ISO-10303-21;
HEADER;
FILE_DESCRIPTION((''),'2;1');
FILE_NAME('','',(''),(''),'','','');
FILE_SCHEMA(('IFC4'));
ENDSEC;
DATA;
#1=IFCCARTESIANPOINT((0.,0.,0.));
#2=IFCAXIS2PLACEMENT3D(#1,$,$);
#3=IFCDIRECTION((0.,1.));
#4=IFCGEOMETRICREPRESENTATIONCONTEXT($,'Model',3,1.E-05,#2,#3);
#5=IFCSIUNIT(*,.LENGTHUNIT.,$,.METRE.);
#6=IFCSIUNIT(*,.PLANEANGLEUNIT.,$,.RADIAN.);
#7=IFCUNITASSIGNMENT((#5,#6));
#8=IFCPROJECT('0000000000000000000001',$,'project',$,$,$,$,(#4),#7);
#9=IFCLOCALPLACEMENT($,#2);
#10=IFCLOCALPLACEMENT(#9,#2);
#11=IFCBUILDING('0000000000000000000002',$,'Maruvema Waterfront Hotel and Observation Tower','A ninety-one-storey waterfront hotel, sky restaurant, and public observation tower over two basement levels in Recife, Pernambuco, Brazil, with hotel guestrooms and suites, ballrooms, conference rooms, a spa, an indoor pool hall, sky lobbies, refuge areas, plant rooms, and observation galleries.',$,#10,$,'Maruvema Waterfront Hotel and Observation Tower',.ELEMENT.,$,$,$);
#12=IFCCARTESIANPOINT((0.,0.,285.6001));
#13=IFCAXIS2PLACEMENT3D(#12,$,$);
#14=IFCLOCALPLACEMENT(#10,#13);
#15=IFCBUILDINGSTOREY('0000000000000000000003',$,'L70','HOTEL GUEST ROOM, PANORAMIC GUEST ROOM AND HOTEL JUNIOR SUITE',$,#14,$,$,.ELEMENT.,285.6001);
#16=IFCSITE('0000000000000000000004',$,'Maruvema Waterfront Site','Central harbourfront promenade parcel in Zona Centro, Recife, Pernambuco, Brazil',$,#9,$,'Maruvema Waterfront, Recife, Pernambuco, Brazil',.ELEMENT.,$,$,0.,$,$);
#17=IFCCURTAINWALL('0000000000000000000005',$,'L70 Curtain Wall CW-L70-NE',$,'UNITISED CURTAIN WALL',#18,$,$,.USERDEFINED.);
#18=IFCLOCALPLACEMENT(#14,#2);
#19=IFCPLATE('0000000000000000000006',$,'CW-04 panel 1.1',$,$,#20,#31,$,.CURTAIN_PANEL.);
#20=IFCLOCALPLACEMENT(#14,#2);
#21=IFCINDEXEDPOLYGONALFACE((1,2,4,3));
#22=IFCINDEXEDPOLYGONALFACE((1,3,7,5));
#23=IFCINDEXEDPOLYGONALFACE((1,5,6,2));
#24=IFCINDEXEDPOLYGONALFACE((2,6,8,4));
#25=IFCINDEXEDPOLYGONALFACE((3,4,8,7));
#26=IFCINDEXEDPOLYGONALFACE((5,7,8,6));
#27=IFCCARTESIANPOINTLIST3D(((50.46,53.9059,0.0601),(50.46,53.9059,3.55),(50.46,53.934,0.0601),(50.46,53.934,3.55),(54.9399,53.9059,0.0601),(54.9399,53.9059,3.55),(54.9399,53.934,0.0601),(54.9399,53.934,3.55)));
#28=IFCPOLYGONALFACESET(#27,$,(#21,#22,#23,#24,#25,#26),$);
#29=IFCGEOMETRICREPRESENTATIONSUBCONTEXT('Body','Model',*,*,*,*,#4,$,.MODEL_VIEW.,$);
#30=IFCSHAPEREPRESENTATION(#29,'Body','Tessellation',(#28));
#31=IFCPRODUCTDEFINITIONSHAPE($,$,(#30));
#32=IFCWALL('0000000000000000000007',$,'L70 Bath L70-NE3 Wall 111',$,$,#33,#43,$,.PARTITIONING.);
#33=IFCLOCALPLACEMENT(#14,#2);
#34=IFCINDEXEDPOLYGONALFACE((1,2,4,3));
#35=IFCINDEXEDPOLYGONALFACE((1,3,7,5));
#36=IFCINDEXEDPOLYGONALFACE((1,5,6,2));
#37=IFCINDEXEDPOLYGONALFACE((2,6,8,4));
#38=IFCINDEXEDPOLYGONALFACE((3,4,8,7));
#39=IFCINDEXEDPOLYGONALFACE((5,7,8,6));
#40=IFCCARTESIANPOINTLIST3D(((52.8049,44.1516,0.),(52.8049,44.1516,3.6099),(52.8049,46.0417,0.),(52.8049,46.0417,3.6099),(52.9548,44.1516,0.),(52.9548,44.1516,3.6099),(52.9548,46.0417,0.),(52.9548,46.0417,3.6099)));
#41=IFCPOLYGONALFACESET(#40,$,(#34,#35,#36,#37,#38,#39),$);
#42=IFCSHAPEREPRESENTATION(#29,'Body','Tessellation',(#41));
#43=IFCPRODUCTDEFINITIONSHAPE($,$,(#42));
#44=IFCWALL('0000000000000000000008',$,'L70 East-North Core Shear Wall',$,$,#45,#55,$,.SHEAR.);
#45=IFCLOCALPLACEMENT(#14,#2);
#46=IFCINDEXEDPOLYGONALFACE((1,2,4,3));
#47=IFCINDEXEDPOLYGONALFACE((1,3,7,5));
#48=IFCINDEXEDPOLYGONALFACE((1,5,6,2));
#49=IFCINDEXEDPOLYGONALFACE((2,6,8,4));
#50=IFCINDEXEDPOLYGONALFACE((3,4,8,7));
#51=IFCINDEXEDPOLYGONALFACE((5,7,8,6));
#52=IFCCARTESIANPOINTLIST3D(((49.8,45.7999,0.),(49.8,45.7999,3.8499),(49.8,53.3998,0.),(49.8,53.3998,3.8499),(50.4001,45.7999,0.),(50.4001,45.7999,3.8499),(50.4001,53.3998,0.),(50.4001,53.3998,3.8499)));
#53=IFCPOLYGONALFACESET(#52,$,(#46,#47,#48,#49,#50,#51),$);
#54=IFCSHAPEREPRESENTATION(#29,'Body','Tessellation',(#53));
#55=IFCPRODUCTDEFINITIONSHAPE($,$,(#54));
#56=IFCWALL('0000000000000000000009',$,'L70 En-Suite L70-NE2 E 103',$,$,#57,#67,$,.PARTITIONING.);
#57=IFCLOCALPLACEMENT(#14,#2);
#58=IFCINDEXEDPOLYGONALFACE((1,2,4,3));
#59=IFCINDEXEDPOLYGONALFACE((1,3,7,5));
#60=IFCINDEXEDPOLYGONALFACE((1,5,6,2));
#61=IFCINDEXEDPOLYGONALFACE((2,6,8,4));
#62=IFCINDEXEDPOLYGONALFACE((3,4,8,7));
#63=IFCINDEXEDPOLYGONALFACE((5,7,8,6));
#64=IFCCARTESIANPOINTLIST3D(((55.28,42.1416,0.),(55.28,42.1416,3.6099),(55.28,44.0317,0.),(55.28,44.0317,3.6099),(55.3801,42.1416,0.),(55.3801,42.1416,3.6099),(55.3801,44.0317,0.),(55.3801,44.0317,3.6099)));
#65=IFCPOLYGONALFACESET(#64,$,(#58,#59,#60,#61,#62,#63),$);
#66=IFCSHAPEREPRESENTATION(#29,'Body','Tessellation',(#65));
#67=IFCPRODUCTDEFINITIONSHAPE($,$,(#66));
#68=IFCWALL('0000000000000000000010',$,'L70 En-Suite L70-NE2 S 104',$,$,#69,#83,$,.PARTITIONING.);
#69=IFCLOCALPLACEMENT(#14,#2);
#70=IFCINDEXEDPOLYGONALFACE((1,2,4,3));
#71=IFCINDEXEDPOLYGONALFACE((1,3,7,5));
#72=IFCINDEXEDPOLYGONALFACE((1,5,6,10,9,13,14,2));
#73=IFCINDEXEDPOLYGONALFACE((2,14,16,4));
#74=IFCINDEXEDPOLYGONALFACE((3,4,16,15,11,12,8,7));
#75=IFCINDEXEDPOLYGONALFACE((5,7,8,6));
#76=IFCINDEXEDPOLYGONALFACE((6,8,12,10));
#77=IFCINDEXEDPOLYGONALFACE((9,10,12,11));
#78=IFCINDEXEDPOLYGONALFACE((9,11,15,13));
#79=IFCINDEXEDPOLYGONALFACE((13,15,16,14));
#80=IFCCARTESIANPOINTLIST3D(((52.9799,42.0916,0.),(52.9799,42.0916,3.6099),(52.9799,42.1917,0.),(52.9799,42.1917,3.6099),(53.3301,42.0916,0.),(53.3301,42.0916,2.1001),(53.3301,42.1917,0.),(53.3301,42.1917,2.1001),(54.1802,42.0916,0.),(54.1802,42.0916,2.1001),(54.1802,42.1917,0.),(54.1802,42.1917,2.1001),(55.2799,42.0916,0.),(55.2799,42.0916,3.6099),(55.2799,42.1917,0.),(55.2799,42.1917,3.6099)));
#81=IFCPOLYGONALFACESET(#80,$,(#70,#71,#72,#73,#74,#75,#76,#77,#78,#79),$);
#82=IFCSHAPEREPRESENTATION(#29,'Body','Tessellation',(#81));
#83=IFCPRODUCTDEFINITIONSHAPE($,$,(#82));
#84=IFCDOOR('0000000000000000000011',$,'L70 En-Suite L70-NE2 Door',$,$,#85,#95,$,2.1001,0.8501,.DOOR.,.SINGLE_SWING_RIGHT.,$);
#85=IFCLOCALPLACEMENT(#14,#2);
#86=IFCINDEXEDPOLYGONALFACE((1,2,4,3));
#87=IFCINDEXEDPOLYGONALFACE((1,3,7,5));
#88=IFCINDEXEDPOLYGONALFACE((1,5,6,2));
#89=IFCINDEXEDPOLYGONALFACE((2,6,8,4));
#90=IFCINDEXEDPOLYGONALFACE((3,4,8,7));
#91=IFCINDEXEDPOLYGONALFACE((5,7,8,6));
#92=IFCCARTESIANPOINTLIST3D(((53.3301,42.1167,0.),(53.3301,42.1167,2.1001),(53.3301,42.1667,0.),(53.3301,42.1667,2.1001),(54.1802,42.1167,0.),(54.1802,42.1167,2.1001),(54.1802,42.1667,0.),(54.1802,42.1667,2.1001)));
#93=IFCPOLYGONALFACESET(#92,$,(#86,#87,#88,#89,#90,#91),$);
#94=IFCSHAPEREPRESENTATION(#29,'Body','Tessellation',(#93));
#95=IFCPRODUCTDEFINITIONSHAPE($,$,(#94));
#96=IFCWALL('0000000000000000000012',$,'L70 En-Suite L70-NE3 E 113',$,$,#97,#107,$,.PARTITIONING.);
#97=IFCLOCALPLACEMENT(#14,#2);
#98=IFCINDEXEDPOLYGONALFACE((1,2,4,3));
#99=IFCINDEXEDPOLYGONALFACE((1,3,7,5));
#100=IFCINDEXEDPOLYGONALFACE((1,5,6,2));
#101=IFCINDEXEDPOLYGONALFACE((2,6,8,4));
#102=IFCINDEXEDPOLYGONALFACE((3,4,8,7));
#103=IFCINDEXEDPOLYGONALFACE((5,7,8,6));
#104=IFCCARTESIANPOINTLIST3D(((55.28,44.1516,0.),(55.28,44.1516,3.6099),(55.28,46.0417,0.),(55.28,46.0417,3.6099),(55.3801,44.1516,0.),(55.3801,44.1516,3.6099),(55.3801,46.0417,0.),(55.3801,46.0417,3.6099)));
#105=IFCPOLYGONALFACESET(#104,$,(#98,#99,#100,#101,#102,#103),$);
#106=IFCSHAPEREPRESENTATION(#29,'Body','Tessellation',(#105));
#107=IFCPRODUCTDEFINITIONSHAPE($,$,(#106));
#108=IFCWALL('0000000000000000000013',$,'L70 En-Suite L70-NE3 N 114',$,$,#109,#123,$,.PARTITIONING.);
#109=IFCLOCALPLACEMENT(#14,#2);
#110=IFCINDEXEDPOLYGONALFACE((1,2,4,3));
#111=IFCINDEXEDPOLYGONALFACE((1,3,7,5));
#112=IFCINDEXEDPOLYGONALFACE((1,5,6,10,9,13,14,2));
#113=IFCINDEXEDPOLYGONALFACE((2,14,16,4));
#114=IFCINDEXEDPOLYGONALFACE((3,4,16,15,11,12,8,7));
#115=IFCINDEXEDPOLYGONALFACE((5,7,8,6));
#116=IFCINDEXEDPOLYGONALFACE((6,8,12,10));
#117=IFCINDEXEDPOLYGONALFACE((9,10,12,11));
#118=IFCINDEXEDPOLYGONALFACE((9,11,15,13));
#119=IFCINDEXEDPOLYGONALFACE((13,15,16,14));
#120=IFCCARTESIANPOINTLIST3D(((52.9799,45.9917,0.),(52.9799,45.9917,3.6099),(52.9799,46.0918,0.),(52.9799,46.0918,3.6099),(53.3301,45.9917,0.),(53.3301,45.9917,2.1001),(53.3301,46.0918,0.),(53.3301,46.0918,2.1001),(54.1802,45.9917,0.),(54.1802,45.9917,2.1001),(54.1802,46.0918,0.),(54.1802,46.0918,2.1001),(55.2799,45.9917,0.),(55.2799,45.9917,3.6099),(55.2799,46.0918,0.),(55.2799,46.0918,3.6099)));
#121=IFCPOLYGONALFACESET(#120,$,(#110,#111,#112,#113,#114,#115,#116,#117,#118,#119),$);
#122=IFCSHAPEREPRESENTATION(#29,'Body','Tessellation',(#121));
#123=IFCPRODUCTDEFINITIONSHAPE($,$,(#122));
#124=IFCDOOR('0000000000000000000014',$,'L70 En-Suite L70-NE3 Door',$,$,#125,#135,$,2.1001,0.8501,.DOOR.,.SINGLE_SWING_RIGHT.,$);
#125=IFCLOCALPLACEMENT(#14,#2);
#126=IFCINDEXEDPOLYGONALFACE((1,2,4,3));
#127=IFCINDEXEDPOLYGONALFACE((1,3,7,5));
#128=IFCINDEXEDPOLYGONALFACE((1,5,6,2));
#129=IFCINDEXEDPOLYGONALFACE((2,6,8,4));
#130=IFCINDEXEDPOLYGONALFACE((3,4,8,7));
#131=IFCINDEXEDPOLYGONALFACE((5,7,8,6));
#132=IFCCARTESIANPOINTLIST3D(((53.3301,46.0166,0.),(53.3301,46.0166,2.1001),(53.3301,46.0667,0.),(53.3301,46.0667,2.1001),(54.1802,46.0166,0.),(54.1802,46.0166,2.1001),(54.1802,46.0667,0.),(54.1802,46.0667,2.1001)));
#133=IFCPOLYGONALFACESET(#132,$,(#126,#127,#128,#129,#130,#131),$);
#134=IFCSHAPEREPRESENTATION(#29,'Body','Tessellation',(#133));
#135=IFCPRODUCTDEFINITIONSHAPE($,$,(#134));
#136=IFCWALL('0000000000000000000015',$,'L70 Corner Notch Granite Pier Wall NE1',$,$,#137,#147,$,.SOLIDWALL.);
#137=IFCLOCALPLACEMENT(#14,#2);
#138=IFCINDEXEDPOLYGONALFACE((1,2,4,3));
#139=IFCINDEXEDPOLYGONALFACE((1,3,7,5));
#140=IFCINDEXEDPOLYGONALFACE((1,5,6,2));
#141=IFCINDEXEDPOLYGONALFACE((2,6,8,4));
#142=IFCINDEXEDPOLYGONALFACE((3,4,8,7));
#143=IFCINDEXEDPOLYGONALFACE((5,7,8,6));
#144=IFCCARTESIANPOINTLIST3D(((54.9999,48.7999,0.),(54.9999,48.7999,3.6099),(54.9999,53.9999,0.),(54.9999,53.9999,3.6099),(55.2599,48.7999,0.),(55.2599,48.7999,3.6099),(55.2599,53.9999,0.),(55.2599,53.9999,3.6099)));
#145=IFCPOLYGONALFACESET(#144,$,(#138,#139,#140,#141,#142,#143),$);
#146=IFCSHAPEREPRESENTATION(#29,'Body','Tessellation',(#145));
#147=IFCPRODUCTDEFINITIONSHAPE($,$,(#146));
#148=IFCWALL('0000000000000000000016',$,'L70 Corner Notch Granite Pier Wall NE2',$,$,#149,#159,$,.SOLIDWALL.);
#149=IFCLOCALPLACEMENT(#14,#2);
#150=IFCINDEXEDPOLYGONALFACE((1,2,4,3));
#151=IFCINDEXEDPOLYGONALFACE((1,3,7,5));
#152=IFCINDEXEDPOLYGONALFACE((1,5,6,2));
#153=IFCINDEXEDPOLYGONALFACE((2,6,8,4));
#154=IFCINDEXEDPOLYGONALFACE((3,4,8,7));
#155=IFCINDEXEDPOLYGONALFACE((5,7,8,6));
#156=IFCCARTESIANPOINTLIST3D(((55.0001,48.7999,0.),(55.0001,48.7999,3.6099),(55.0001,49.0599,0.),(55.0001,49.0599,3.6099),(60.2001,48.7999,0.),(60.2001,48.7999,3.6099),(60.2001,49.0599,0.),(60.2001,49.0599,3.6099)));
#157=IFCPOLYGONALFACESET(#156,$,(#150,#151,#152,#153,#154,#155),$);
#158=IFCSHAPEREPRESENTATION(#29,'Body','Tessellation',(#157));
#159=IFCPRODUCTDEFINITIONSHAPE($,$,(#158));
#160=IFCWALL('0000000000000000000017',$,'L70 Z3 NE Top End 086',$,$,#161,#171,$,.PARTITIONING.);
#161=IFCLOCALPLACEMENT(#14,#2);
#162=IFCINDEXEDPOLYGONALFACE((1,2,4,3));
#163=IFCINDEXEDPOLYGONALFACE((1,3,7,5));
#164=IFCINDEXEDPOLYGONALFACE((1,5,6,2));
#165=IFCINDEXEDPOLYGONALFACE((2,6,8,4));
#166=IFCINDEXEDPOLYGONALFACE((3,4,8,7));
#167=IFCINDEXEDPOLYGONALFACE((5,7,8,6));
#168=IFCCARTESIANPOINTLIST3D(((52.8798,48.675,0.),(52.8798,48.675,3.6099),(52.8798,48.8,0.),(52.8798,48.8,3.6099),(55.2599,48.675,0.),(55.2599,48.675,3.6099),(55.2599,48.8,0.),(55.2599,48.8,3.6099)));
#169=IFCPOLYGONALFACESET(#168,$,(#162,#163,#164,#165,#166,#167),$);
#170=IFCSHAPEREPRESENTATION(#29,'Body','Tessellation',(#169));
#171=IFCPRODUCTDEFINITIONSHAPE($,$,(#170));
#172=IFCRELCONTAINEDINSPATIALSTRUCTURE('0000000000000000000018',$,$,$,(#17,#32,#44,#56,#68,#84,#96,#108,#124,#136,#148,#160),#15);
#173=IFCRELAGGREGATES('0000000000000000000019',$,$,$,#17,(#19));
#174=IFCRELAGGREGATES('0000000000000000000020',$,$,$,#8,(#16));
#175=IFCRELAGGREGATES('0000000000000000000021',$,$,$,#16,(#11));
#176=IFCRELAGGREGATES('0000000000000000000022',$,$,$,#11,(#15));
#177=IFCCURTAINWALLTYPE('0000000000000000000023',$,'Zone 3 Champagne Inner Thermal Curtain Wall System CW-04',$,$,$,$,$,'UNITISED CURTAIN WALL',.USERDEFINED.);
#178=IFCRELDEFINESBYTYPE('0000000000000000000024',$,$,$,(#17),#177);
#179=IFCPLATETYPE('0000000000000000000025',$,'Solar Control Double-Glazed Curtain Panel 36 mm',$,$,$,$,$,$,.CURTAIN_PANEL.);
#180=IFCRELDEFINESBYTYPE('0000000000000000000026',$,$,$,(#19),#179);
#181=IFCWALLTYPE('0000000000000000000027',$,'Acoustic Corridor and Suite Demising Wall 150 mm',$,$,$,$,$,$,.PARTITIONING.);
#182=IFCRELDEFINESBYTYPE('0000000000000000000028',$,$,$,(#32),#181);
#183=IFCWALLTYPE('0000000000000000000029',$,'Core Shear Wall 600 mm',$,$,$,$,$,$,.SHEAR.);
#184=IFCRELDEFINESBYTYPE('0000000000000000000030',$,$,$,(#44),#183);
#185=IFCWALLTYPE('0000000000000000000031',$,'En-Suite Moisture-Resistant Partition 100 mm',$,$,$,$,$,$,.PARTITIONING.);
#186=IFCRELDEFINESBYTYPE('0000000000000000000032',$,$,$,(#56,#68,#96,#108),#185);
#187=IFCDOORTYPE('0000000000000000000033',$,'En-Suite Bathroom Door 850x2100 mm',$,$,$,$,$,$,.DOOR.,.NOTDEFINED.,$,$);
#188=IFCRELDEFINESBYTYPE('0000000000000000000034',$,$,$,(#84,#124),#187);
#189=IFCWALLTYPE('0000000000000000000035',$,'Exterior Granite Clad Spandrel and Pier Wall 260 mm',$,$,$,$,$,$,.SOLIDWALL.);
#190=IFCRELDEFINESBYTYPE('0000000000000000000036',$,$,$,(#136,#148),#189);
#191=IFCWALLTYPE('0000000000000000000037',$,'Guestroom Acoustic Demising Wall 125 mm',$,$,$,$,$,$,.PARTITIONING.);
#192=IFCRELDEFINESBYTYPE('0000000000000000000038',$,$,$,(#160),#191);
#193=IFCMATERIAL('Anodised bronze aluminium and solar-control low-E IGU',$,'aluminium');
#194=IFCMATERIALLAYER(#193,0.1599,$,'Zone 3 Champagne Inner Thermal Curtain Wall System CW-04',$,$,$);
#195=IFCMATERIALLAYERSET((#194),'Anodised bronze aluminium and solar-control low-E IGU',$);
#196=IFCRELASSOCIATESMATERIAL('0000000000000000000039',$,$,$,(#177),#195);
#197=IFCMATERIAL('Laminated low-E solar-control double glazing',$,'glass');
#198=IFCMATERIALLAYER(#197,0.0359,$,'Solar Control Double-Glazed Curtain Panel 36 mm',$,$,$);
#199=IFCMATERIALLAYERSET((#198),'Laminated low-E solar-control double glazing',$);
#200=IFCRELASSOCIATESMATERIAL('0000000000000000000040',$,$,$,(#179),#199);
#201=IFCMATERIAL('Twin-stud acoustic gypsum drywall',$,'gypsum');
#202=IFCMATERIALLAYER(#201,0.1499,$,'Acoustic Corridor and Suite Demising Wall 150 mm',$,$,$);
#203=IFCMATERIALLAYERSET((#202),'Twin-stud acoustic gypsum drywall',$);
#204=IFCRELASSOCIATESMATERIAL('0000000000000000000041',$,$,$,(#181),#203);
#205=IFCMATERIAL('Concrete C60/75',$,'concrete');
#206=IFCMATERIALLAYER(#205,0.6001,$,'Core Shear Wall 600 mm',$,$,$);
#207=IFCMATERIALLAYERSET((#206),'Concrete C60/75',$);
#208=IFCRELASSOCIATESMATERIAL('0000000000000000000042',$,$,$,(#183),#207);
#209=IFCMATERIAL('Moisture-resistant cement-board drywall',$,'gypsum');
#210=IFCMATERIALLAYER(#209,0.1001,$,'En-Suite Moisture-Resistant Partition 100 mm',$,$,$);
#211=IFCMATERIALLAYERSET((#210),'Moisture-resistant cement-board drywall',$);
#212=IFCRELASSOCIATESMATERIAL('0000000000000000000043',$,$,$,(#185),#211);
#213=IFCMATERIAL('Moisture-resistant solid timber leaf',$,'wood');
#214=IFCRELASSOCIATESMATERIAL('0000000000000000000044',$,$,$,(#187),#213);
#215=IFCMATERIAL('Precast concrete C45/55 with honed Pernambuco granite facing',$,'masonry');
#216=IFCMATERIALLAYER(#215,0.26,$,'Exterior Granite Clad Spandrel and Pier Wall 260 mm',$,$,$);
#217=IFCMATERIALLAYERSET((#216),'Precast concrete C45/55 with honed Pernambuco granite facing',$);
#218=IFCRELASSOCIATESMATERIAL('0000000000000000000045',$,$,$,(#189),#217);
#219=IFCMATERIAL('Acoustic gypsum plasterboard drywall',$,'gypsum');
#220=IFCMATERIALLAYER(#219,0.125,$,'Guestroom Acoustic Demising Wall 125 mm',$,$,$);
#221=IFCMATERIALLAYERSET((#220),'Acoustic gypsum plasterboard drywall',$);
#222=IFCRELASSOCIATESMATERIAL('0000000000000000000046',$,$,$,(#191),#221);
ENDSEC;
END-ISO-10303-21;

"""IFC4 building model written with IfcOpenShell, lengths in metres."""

from ifc_helpers import new_model, si_unit, direction, frame, frame_2d, origin, origin_2d, place, context, subcontext, project, spatial, rectangle, extrude, material, layer, layer_set, type_object, element, fill, aggregate, save


model = new_model("IFC4")

# Units and contexts
model_context = context("Model", 3, precision=1e-05, world=origin(), true_north=direction((0.0, 1.0)))
body_context = subcontext(model_context, "Body", "Model", "MODEL_VIEW")
ifc_project = project(units=[si_unit("LENGTHUNIT", "METRE"), si_unit("PLANEANGLEUNIT", "RADIAN")], contexts=[model_context])

# Site, building, storey
site_placement = place(None, origin())
site = spatial("IfcSite", under=ifc_project, at=site_placement, Name="Maruvema Waterfront Site", Description="Central harbourfront promenade parcel in Zona Centro, Recife, Pernambuco, Brazil", LongName="Maruvema Waterfront, Recife, Pernambuco, Brazil", CompositionType="ELEMENT", RefElevation=0.0)
building_placement = place(site_placement, origin())
building = spatial("IfcBuilding", under=site, at=building_placement, Name="Maruvema Waterfront Hotel and Observation Tower", Description="A ninety-one-storey waterfront hotel, sky restaurant, and public observation tower over two basement levels in Recife, Pernambuco, Brazil, with hotel guestrooms and suites, ballrooms, conference rooms, a spa, an indoor pool hall, sky lobbies, refuge areas, plant rooms, and observation galleries.", LongName="Maruvema Waterfront Hotel and Observation Tower", CompositionType="ELEMENT")
storey_placement = place(building_placement, frame((0.0, 0.0, 285.6001)))
storey = spatial("IfcBuildingStorey", under=building, at=storey_placement, Name="L70", Description="HOTEL GUEST ROOM, PANORAMIC GUEST ROOM AND HOTEL JUNIOR SUITE", CompositionType="ELEMENT", Elevation=285.6001)

# Curtain wall
ifc_material_1 = material(Name="Anodised bronze aluminium and solar-control low-E IGU", Category="aluminium")
ifc_layer_1 = layer(ifc_material_1, 0.1599, Name="Zone 3 Champagne Inner Thermal Curtain Wall System CW-04")
ifc_layer_set_1 = layer_set([ifc_layer_1], Name="Anodised bronze aluminium and solar-control low-E IGU")
curtain_wall_type = type_object("IfcCurtainWallType", Name="Zone 3 Champagne Inner Thermal Curtain Wall System CW-04", ElementType="UNITISED CURTAIN WALL", PredefinedType="USERDEFINED", material=ifc_layer_set_1)
curtain_wall_1_placement = place(storey_placement, origin())
curtain_wall_1 = element("IfcCurtainWall", 1, at=curtain_wall_1_placement, inside=storey, type_object=curtain_wall_type, Name="L70 Curtain Wall CW-L70-NE", ObjectType="UNITISED CURTAIN WALL", PredefinedType="USERDEFINED")

# Plate
ifc_material_2 = material(Name="Laminated low-E solar-control double glazing", Category="glass")
ifc_layer_2 = layer(ifc_material_2, 0.0359, Name="Solar Control Double-Glazed Curtain Panel 36 mm")
ifc_layer_set_2 = layer_set([ifc_layer_2], Name="Laminated low-E solar-control double glazing")
plate_type = type_object("IfcPlateType", Name="Solar Control Double-Glazed Curtain Panel 36 mm", PredefinedType="CURTAIN_PANEL", material=ifc_layer_set_2)
plate_1_placement = place(storey_placement, frame((52.7, 53.9199, 0.0601), z_axis=(0.0, 0.0, 1.0), x_axis=(-1.0, 0.0, 0.0)))
plate_1 = element("IfcPlate", 2, at=plate_1_placement, type_object=plate_type, Name="CW-04 panel 1.1", PredefinedType="CURTAIN_PANEL", context=body_context, shape_type="SweptSolid", body=[
    extrude(rectangle(XDim=4.48, YDim=0.0281, at=origin_2d()), origin(), (0.0, 0.0, 1.0), 3.49),
])
aggregate(curtain_wall_1, [plate_1])

# Wall
ifc_material_3 = material(Name="Twin-stud acoustic gypsum drywall", Category="gypsum")
ifc_layer_3 = layer(ifc_material_3, 0.1499, Name="Acoustic Corridor and Suite Demising Wall 150 mm")
ifc_layer_set_3 = layer_set([ifc_layer_3], Name="Twin-stud acoustic gypsum drywall")
wall_type_1 = type_object("IfcWallType", Name="Acoustic Corridor and Suite Demising Wall 150 mm", PredefinedType="PARTITIONING", material=ifc_layer_set_3)
wall_1_placement = place(storey_placement, frame((52.8799, 44.1516, 0.0), z_axis=(0.0, 0.0, 1.0), x_axis=(0.0, 1.0, 0.0)))
element("IfcWall", 3, at=wall_1_placement, inside=storey, type_object=wall_type_1, Name="L70 Bath L70-NE3 Wall 111", PredefinedType="PARTITIONING", context=body_context, shape_type="SweptSolid", body=[
    extrude(rectangle(XDim=1.8901, YDim=0.1499, at=frame_2d((0.9451, 0.0))), origin(), (0.0, 0.0, 1.0), 3.6099),
])

# Walls
ifc_material_4 = material(Name="Concrete C60/75", Category="concrete")
ifc_layer_4 = layer(ifc_material_4, 0.6001, Name="Core Shear Wall 600 mm")
ifc_layer_set_4 = layer_set([ifc_layer_4], Name="Concrete C60/75")
wall_type_2 = type_object("IfcWallType", Name="Core Shear Wall 600 mm", PredefinedType="SHEAR", material=ifc_layer_set_4)
wall_2_placement = place(storey_placement, frame((50.1001, 45.8, 0.0), z_axis=(0.0, 0.0, 1.0), x_axis=(0.0, 1.0, 0.0)))
element("IfcWall", 4, at=wall_2_placement, inside=storey, type_object=wall_type_2, Name="L70 East-North Core Shear Wall", PredefinedType="SHEAR", context=body_context, shape_type="SweptSolid", body=[
    extrude(rectangle(XDim=7.5999, YDim=0.6001, at=frame_2d((3.7998, 0.0))), origin(), (0.0, 0.0, 1.0), 3.8499),
])
ifc_material_5 = material(Name="Moisture-resistant cement-board drywall", Category="gypsum")
ifc_layer_5 = layer(ifc_material_5, 0.1001, Name="En-Suite Moisture-Resistant Partition 100 mm")
ifc_layer_set_5 = layer_set([ifc_layer_5], Name="Moisture-resistant cement-board drywall")
wall_type_3 = type_object("IfcWallType", Name="En-Suite Moisture-Resistant Partition 100 mm", PredefinedType="PARTITIONING", material=ifc_layer_set_5)
wall_3_placement = place(storey_placement, frame((55.3301, 42.1416, 0.0), z_axis=(0.0, 0.0, 1.0), x_axis=(0.0, 1.0, 0.0)))
element("IfcWall", 5, at=wall_3_placement, inside=storey, type_object=wall_type_3, Name="L70 En-Suite L70-NE2 E 103", PredefinedType="PARTITIONING", context=body_context, shape_type="SweptSolid", body=[
    extrude(rectangle(XDim=1.8901, YDim=0.1001, at=frame_2d((0.9451, 0.0))), origin(), (0.0, 0.0, 1.0), 3.6099),
])

# Wall, opening, door
wall_4_placement = place(storey_placement, frame((52.98, 42.1416, 0.0), z_axis=(0.0, 0.0, 1.0), x_axis=(1.0, 0.0, 0.0)))
wall_4 = element("IfcWall", 6, at=wall_4_placement, inside=storey, type_object=wall_type_3, Name="L70 En-Suite L70-NE2 S 104", PredefinedType="PARTITIONING", context=body_context, shape_type="SweptSolid", body=[
    extrude(rectangle(XDim=2.3, YDim=0.1001, at=frame_2d((1.1499, 0.0))), origin(), (0.0, 0.0, 1.0), 3.6099),
])
opening_1_placement = place(wall_4_placement, frame((0.3501, 0.0, 0.0)))
opening_1 = element("IfcOpeningElement", 7, at=opening_1_placement, cuts=wall_4, PredefinedType="OPENING", context=body_context, shape_type="SweptSolid", body=[
    extrude(rectangle(XDim=0.8501, YDim=2.1001, at=frame_2d((0.425, 1.05))), frame((0.0, 0.0601, 0.0), z_axis=(0.0, -1.0, 0.0), x_axis=(1.0, 0.0, 0.0)), (0.0, 0.0, 1.0), 0.1201),
])
ifc_material_6 = material(Name="Moisture-resistant solid timber leaf", Category="wood")
door_type_1 = type_object("IfcDoorType", Name="En-Suite Bathroom Door 850x2100 mm", OperationType="NOTDEFINED", PredefinedType="DOOR", material=ifc_material_6)
door_1_placement = place(opening_1_placement, frame((0.8501, 0.0, 0.0), z_axis=(0.0, 0.0, 1.0), x_axis=(-1.0, 0.0, 0.0)))
door_1 = element("IfcDoor", 8, at=door_1_placement, inside=storey, type_object=door_type_1, Name="L70 En-Suite L70-NE2 Door", OperationType="SINGLE_SWING_RIGHT", OverallHeight=2.1001, OverallWidth=0.8501, PredefinedType="DOOR", context=body_context, shape_type="SweptSolid", body=[
    extrude(rectangle(XDim=0.8501, YDim=2.1001, at=frame_2d((0.425, 1.05))), frame((0.0, 0.0249, 0.0), z_axis=(0.0, -1.0, 0.0), x_axis=(1.0, 0.0, 0.0)), (0.0, 0.0, 1.0), 0.05),
])
fill(opening_1, door_1)

# Wall
wall_5_placement = place(storey_placement, frame((55.3301, 44.1516, 0.0), z_axis=(0.0, 0.0, 1.0), x_axis=(0.0, 1.0, 0.0)))
element("IfcWall", 9, at=wall_5_placement, inside=storey, type_object=wall_type_3, Name="L70 En-Suite L70-NE3 E 113", PredefinedType="PARTITIONING", context=body_context, shape_type="SweptSolid", body=[
    extrude(rectangle(XDim=1.8901, YDim=0.1001, at=frame_2d((0.9451, 0.0))), origin(), (0.0, 0.0, 1.0), 3.6099),
])

# Wall, opening, door
wall_6_placement = place(storey_placement, frame((52.98, 46.0417, 0.0), z_axis=(0.0, 0.0, 1.0), x_axis=(1.0, 0.0, 0.0)))
wall_6 = element("IfcWall", 10, at=wall_6_placement, inside=storey, type_object=wall_type_3, Name="L70 En-Suite L70-NE3 N 114", PredefinedType="PARTITIONING", context=body_context, shape_type="SweptSolid", body=[
    extrude(rectangle(XDim=2.3, YDim=0.1001, at=frame_2d((1.1499, 0.0))), origin(), (0.0, 0.0, 1.0), 3.6099),
])
opening_2_placement = place(wall_6_placement, frame((0.3501, 0.0, 0.0)))
opening_2 = element("IfcOpeningElement", 11, at=opening_2_placement, cuts=wall_6, PredefinedType="OPENING", context=body_context, shape_type="SweptSolid", body=[
    extrude(rectangle(XDim=0.8501, YDim=2.1001, at=frame_2d((0.425, 1.05))), frame((0.0, 0.0601, 0.0), z_axis=(0.0, -1.0, 0.0), x_axis=(1.0, 0.0, 0.0)), (0.0, 0.0, 1.0), 0.1201),
])
door_2_placement = place(opening_2_placement, origin())
door_2 = element("IfcDoor", 12, at=door_2_placement, inside=storey, type_object=door_type_1, Name="L70 En-Suite L70-NE3 Door", OperationType="SINGLE_SWING_RIGHT", OverallHeight=2.1001, OverallWidth=0.8501, PredefinedType="DOOR", context=body_context, shape_type="SweptSolid", body=[
    extrude(rectangle(XDim=0.8501, YDim=2.1001, at=frame_2d((0.425, 1.05))), frame((0.0, 0.0249, 0.0), z_axis=(0.0, -1.0, 0.0), x_axis=(1.0, 0.0, 0.0)), (0.0, 0.0, 1.0), 0.05),
])
fill(opening_2, door_2)

# Walls
ifc_material_7 = material(Name="Precast concrete C45/55 with honed Pernambuco granite facing", Category="masonry")
ifc_layer_6 = layer(ifc_material_7, 0.26, Name="Exterior Granite Clad Spandrel and Pier Wall 260 mm")
ifc_layer_set_6 = layer_set([ifc_layer_6], Name="Precast concrete C45/55 with honed Pernambuco granite facing")
wall_type_4 = type_object("IfcWallType", Name="Exterior Granite Clad Spandrel and Pier Wall 260 mm", PredefinedType="SOLIDWALL", material=ifc_layer_set_6)
for number, where, z_axis, x_axis, name in (
    (13, (55.1299, 54.0, 0.0), (0.0, 0.0, 1.0), (0.0, -1.0, 0.0), "L70 Corner Notch Granite Pier Wall NE1"),
    (14, (55.0, 48.9299, 0.0), (0.0, 0.0, 1.0), (1.0, 0.0, 0.0), "L70 Corner Notch Granite Pier Wall NE2"),
):
    element("IfcWall", number, at=place(storey_placement, frame(where, z_axis=z_axis, x_axis=x_axis)), inside=storey, type_object=wall_type_4, Name=name, PredefinedType="SOLIDWALL", context=body_context, shape_type="SweptSolid", body=[
        extrude(rectangle(XDim=5.2, YDim=0.26, at=frame_2d((2.6001, 0.0))), origin(), (0.0, 0.0, 1.0), 3.6099),
    ])
ifc_material_8 = material(Name="Acoustic gypsum plasterboard drywall", Category="gypsum")
ifc_layer_7 = layer(ifc_material_8, 0.125, Name="Guestroom Acoustic Demising Wall 125 mm")
ifc_layer_set_7 = layer_set([ifc_layer_7], Name="Acoustic gypsum plasterboard drywall")
wall_type_5 = type_object("IfcWallType", Name="Guestroom Acoustic Demising Wall 125 mm", PredefinedType="PARTITIONING", material=ifc_layer_set_7)
wall_7_placement = place(storey_placement, frame((52.8799, 48.7375, 0.0), z_axis=(0.0, 0.0, 1.0), x_axis=(1.0, 0.0, 0.0)))
element("IfcWall", 15, at=wall_7_placement, inside=storey, type_object=wall_type_5, Name="L70 Z3 NE Top End 086", PredefinedType="PARTITIONING", context=body_context, shape_type="SweptSolid", body=[
    extrude(rectangle(XDim=2.3801, YDim=0.125, at=frame_2d((1.1899, 0.0))), origin(), (0.0, 0.0, 1.0), 3.6099),
])

save(model, "model.ifc")
